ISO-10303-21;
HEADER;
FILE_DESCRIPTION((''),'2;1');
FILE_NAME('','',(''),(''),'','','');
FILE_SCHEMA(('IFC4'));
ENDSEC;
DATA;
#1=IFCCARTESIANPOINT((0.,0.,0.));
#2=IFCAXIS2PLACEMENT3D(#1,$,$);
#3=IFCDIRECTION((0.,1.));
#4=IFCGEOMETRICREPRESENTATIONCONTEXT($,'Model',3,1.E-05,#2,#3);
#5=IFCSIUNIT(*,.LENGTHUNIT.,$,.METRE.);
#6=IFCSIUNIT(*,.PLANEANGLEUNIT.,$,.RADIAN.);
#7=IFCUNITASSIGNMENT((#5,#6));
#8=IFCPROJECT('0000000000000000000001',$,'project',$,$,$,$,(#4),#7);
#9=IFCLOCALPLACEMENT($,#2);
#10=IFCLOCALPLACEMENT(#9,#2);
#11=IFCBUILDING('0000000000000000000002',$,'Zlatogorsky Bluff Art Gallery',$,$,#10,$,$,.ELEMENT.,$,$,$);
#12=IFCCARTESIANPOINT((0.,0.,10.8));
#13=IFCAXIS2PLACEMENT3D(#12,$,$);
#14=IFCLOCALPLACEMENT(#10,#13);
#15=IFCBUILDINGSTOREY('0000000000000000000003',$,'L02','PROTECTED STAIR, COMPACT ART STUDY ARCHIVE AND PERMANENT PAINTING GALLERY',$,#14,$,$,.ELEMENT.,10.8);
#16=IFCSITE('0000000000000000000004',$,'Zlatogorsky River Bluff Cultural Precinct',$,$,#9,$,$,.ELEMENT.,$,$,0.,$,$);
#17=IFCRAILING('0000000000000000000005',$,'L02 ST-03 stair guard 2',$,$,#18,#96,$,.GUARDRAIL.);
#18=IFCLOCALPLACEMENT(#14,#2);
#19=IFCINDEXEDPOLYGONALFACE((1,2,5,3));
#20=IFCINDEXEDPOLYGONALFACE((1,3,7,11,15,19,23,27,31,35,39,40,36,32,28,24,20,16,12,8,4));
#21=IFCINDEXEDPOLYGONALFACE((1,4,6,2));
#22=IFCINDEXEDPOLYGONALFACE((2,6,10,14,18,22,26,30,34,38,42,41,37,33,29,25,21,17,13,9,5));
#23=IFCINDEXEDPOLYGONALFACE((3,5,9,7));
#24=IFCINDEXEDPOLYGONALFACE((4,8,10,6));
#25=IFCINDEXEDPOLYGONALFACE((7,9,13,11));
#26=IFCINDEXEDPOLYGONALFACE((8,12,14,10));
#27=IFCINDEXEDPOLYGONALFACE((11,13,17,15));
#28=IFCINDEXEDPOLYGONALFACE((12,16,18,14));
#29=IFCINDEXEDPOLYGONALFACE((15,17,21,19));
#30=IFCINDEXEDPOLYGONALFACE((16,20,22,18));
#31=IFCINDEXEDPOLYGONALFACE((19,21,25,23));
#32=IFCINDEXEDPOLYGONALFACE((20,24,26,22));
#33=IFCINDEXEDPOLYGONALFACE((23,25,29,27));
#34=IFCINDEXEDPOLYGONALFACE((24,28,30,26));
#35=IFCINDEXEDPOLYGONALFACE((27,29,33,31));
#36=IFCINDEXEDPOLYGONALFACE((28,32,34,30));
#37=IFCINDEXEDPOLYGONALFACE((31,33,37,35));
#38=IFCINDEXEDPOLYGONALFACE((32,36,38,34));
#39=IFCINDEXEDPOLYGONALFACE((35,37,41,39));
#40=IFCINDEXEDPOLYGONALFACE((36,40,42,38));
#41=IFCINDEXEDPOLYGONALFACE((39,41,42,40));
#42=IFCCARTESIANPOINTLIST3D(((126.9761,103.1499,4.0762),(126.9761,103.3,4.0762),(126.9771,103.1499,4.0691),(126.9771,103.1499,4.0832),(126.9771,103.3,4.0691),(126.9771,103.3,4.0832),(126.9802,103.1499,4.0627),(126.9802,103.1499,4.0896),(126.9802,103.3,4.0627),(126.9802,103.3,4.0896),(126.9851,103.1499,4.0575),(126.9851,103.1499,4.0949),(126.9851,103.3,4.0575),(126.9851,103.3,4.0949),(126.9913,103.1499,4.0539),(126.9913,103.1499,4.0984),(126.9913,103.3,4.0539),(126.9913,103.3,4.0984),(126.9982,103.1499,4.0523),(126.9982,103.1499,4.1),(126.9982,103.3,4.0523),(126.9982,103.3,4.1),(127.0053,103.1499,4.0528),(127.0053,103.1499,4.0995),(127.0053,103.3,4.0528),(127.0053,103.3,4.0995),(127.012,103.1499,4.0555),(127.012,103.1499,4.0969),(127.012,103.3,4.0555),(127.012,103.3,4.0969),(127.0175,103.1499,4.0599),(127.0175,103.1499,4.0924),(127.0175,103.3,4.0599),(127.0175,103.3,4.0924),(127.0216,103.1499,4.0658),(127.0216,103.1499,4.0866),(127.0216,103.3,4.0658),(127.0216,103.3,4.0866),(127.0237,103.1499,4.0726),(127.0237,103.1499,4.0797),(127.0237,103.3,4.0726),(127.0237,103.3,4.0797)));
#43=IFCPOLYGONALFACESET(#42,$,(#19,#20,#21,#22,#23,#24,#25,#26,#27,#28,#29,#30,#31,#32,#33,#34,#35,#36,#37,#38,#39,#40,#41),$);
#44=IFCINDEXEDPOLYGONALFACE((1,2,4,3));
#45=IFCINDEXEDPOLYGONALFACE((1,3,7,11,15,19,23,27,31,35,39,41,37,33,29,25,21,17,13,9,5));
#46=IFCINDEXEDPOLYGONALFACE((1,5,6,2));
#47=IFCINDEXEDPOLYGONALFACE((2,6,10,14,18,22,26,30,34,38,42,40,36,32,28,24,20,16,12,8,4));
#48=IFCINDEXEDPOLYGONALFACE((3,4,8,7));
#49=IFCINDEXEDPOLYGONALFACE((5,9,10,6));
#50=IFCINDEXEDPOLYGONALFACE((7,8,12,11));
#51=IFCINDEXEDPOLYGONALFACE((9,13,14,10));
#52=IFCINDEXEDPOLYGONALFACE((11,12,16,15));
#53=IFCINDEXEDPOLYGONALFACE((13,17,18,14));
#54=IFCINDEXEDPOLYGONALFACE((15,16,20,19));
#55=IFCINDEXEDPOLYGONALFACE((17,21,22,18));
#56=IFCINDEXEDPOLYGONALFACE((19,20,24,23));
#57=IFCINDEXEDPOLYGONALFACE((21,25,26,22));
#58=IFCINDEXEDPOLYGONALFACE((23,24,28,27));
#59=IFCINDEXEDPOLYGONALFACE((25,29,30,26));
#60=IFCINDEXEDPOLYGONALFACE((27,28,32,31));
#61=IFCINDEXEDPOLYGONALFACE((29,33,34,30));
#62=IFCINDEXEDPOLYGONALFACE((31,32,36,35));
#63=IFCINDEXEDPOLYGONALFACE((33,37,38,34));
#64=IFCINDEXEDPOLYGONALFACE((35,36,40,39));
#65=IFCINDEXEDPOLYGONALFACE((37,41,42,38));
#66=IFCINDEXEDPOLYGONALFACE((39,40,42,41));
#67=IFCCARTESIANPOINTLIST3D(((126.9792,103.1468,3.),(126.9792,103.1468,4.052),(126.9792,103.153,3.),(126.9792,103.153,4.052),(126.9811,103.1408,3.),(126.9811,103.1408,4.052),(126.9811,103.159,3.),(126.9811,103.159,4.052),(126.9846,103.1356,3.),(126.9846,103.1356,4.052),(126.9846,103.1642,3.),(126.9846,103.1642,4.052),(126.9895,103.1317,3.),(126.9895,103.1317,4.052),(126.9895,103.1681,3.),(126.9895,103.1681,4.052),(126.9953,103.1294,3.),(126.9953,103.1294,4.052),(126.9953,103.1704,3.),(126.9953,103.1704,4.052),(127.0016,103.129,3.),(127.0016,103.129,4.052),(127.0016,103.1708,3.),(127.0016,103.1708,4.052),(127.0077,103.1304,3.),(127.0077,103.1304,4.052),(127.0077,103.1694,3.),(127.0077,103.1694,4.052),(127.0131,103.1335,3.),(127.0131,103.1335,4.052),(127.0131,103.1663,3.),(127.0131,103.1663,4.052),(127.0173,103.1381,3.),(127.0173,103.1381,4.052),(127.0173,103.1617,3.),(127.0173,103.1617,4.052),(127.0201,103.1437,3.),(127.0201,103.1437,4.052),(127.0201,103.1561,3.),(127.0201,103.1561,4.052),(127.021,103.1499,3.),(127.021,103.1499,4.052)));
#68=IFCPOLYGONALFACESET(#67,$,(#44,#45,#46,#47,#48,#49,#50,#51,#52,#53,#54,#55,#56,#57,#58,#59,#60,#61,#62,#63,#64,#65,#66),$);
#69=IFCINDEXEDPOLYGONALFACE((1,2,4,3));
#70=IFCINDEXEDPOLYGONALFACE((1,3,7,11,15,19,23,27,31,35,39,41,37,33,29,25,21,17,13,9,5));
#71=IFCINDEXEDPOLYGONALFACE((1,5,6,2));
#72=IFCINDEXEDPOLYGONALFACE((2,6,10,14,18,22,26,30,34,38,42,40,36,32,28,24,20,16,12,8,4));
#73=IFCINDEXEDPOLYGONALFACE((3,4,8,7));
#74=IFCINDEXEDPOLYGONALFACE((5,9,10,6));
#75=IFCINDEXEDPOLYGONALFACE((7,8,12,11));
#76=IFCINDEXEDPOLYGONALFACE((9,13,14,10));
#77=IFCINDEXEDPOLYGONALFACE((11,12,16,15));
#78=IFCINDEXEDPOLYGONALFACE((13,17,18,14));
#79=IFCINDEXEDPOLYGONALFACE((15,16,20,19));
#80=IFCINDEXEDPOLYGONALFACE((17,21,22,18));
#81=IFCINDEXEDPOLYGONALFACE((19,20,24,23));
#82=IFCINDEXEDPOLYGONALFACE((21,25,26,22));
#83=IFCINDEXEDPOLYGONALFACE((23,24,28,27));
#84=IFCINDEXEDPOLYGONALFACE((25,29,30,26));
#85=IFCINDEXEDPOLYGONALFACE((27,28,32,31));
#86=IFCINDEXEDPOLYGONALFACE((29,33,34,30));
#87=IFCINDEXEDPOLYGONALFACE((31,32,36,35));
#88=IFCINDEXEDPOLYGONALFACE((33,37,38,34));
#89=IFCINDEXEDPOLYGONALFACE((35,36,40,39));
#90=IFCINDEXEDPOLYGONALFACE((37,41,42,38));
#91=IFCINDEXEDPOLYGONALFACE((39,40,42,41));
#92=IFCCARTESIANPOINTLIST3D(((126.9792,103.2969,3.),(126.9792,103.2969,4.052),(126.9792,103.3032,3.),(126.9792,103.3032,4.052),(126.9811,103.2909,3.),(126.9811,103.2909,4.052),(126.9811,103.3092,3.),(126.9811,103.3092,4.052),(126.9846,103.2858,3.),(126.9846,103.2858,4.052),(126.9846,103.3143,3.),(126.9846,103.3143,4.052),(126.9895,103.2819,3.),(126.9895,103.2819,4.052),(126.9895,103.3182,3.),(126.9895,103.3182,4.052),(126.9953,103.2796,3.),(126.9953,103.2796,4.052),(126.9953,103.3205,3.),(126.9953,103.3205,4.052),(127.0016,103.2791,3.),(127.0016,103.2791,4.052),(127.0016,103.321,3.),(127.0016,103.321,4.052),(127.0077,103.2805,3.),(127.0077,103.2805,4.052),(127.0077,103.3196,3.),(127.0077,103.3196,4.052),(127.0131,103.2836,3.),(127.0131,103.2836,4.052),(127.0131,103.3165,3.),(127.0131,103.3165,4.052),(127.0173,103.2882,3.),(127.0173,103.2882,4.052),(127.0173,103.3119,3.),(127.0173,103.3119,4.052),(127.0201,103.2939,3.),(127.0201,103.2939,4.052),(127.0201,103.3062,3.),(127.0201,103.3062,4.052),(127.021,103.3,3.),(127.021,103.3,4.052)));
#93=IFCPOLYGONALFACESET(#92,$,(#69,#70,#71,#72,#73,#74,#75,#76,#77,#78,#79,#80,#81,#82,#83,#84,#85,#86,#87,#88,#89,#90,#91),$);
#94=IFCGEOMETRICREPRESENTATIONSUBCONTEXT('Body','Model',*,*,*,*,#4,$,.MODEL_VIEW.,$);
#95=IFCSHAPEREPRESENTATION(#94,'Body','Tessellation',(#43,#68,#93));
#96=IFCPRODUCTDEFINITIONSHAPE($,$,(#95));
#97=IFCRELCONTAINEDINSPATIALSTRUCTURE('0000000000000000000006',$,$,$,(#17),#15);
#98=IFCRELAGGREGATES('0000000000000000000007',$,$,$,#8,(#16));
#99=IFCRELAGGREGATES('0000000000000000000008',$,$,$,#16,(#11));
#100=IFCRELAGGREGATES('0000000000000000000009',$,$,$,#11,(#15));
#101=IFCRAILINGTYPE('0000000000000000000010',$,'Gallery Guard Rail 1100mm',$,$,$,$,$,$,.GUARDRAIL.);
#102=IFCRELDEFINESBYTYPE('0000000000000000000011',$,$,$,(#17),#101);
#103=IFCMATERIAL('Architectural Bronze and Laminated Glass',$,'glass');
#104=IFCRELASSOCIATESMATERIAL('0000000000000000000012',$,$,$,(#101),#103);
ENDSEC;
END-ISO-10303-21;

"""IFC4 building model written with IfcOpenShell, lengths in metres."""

from ifc_helpers import new_model, si_unit, direction, frame, origin, origin_2d, place, context, subcontext, project, spatial, circle, extrude, material, type_object, element, save


model = new_model("IFC4")

# Units and contexts
model_context = context("Model", 3, precision=1e-05, world=origin(), true_north=direction((0.0, 1.0)))
body_context = subcontext(model_context, "Body", "Model", "MODEL_VIEW")
ifc_project = project(units=[si_unit("LENGTHUNIT", "METRE"), si_unit("PLANEANGLEUNIT", "RADIAN")], contexts=[model_context])

# Site, building, storey
site_placement = place(None, origin())
site = spatial("IfcSite", under=ifc_project, at=site_placement, Name="Zlatogorsky River Bluff Cultural Precinct", CompositionType="ELEMENT", RefElevation=0.0)
building_placement = place(site_placement, origin())
building = spatial("IfcBuilding", under=site, at=building_placement, Name="Zlatogorsky Bluff Art Gallery", CompositionType="ELEMENT")
storey_placement = place(building_placement, frame((0.0, 0.0, 10.8)))
storey = spatial("IfcBuildingStorey", under=building, at=storey_placement, Name="L02", Description="PROTECTED STAIR, COMPACT ART STUDY ARCHIVE AND PERMANENT PAINTING GALLERY", CompositionType="ELEMENT", Elevation=10.8)

# Railing
ifc_material_1 = material(Name="Architectural Bronze and Laminated Glass", Category="glass")
railing_type_1 = type_object("IfcRailingType", Name="Gallery Guard Rail 1100mm", PredefinedType="GUARDRAIL", material=ifc_material_1)
railing_1_placement = place(storey_placement, frame((127.0, 103.1499, 3.0)))
element("IfcRailing", 1, at=railing_1_placement, inside=storey, type_object=railing_type_1, Name="L02 ST-03 stair guard 2", PredefinedType="GUARDRAIL", context=body_context, shape_type="SweptSolid", body=[
    extrude(circle(Radius=0.0239, at=origin_2d()), frame((0.0, 0.0, 1.0762), z_axis=(0.0, 1.0, 0.0), x_axis=(-1.0, 0.0, 0.0)), (0.0, 0.0, 1.0), 0.1501),
    extrude(circle(Radius=0.021, at=origin_2d()), origin(), (0.0, 0.0, 1.0), 1.052),
    extrude(circle(Radius=0.021, at=origin_2d()), frame((0.0, 0.1501, 0.0)), (0.0, 0.0, 1.0), 1.052),
])

save(model, "model.ifc")
